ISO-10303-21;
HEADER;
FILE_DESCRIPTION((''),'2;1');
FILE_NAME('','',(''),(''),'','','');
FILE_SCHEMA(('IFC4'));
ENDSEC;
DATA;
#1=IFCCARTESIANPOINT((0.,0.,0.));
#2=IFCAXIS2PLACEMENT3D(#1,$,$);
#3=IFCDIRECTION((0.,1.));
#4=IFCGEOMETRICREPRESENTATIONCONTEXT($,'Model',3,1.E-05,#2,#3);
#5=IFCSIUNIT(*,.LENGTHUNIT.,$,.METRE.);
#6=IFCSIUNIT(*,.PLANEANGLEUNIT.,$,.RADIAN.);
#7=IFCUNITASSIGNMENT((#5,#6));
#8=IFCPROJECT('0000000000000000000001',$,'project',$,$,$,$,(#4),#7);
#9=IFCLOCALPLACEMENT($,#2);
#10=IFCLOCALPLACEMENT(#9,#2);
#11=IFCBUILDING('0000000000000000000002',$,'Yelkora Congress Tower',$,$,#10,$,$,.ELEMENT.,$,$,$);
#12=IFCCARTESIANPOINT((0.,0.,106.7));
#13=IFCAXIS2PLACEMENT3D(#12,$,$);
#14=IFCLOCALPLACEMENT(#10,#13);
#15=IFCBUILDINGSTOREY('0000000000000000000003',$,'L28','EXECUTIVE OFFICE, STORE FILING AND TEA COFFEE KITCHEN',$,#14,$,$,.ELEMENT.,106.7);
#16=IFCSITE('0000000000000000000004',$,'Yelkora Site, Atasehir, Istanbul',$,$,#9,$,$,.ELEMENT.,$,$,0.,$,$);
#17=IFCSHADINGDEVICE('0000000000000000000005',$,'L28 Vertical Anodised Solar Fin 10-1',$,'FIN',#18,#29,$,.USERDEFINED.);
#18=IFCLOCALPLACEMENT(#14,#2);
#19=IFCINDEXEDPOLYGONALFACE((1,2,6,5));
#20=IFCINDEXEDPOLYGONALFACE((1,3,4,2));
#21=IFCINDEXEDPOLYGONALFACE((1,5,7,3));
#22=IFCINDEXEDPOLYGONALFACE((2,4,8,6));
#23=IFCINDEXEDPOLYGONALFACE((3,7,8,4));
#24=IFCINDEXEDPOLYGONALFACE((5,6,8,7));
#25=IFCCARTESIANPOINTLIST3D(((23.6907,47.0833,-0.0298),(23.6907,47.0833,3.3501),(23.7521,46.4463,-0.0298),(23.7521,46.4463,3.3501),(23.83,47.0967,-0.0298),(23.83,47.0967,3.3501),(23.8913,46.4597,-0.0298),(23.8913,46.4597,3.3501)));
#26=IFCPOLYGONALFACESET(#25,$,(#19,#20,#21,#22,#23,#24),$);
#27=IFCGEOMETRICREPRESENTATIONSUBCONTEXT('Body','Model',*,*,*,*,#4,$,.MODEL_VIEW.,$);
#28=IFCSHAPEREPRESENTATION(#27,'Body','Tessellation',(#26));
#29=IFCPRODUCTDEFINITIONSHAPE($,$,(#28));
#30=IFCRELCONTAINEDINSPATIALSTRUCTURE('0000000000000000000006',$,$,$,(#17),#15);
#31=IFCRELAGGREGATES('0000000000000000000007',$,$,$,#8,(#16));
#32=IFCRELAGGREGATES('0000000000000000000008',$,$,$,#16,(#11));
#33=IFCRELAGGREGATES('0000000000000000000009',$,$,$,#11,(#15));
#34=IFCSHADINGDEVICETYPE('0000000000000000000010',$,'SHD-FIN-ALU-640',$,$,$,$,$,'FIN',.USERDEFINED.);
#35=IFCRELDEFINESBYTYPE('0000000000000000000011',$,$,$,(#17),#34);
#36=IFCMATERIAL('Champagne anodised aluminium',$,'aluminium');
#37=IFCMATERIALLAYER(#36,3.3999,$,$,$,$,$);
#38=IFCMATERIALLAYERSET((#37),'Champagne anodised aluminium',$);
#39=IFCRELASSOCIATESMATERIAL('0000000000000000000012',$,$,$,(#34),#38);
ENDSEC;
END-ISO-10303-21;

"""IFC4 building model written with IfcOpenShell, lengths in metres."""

from ifc_helpers import new_model, si_unit, direction, frame, origin, origin_2d, place, context, subcontext, project, spatial, rectangle, extrude, material, layer, layer_set, type_object, element, save


model = new_model("IFC4")

# Units and contexts
model_context = context("Model", 3, precision=1e-05, world=origin(), true_north=direction((0.0, 1.0)))
body_context = subcontext(model_context, "Body", "Model", "MODEL_VIEW")
ifc_project = project(units=[si_unit("LENGTHUNIT", "METRE"), si_unit("PLANEANGLEUNIT", "RADIAN")], contexts=[model_context])

# Site, building, storey
site_placement = place(None, origin())
site = spatial("IfcSite", under=ifc_project, at=site_placement, Name="Yelkora Site, Atasehir, Istanbul", CompositionType="ELEMENT", RefElevation=0.0)
building_placement = place(site_placement, origin())
building = spatial("IfcBuilding", under=site, at=building_placement, Name="Yelkora Congress Tower", CompositionType="ELEMENT")
storey_placement = place(building_placement, frame((0.0, 0.0, 106.7)))
storey = spatial("IfcBuildingStorey", under=building, at=storey_placement, Name="L28", Description="EXECUTIVE OFFICE, STORE FILING AND TEA COFFEE KITCHEN", CompositionType="ELEMENT", Elevation=106.7)

# Shading device
ifc_material_1 = material(Name="Champagne anodised aluminium", Category="aluminium")
ifc_layer_1 = layer(ifc_material_1, 3.3999)
ifc_layer_set_1 = layer_set([ifc_layer_1], Name="Champagne anodised aluminium")
shading_device_type = type_object("IfcShadingDeviceType", Name="SHD-FIN-ALU-640", ElementType="FIN", PredefinedType="USERDEFINED", material=ifc_layer_set_1)
shading_device_placement = place(storey_placement, frame((23.791, 46.7715, -0.0298), z_axis=(0.0, 0.0, 1.0), x_axis=(0.995396, 0.095846, 0.0)))
element("IfcShadingDevice", 1, at=shading_device_placement, inside=storey, type_object=shading_device_type, Name="L28 Vertical Anodised Solar Fin 10-1", ObjectType="FIN", PredefinedType="USERDEFINED", context=body_context, shape_type="SweptSolid", body=[
    extrude(rectangle(XDim=0.1399, YDim=0.6399, at=origin_2d()), origin(), (0.0, 0.0, 1.0), 3.3799),
])

save(model, "model.ifc")
